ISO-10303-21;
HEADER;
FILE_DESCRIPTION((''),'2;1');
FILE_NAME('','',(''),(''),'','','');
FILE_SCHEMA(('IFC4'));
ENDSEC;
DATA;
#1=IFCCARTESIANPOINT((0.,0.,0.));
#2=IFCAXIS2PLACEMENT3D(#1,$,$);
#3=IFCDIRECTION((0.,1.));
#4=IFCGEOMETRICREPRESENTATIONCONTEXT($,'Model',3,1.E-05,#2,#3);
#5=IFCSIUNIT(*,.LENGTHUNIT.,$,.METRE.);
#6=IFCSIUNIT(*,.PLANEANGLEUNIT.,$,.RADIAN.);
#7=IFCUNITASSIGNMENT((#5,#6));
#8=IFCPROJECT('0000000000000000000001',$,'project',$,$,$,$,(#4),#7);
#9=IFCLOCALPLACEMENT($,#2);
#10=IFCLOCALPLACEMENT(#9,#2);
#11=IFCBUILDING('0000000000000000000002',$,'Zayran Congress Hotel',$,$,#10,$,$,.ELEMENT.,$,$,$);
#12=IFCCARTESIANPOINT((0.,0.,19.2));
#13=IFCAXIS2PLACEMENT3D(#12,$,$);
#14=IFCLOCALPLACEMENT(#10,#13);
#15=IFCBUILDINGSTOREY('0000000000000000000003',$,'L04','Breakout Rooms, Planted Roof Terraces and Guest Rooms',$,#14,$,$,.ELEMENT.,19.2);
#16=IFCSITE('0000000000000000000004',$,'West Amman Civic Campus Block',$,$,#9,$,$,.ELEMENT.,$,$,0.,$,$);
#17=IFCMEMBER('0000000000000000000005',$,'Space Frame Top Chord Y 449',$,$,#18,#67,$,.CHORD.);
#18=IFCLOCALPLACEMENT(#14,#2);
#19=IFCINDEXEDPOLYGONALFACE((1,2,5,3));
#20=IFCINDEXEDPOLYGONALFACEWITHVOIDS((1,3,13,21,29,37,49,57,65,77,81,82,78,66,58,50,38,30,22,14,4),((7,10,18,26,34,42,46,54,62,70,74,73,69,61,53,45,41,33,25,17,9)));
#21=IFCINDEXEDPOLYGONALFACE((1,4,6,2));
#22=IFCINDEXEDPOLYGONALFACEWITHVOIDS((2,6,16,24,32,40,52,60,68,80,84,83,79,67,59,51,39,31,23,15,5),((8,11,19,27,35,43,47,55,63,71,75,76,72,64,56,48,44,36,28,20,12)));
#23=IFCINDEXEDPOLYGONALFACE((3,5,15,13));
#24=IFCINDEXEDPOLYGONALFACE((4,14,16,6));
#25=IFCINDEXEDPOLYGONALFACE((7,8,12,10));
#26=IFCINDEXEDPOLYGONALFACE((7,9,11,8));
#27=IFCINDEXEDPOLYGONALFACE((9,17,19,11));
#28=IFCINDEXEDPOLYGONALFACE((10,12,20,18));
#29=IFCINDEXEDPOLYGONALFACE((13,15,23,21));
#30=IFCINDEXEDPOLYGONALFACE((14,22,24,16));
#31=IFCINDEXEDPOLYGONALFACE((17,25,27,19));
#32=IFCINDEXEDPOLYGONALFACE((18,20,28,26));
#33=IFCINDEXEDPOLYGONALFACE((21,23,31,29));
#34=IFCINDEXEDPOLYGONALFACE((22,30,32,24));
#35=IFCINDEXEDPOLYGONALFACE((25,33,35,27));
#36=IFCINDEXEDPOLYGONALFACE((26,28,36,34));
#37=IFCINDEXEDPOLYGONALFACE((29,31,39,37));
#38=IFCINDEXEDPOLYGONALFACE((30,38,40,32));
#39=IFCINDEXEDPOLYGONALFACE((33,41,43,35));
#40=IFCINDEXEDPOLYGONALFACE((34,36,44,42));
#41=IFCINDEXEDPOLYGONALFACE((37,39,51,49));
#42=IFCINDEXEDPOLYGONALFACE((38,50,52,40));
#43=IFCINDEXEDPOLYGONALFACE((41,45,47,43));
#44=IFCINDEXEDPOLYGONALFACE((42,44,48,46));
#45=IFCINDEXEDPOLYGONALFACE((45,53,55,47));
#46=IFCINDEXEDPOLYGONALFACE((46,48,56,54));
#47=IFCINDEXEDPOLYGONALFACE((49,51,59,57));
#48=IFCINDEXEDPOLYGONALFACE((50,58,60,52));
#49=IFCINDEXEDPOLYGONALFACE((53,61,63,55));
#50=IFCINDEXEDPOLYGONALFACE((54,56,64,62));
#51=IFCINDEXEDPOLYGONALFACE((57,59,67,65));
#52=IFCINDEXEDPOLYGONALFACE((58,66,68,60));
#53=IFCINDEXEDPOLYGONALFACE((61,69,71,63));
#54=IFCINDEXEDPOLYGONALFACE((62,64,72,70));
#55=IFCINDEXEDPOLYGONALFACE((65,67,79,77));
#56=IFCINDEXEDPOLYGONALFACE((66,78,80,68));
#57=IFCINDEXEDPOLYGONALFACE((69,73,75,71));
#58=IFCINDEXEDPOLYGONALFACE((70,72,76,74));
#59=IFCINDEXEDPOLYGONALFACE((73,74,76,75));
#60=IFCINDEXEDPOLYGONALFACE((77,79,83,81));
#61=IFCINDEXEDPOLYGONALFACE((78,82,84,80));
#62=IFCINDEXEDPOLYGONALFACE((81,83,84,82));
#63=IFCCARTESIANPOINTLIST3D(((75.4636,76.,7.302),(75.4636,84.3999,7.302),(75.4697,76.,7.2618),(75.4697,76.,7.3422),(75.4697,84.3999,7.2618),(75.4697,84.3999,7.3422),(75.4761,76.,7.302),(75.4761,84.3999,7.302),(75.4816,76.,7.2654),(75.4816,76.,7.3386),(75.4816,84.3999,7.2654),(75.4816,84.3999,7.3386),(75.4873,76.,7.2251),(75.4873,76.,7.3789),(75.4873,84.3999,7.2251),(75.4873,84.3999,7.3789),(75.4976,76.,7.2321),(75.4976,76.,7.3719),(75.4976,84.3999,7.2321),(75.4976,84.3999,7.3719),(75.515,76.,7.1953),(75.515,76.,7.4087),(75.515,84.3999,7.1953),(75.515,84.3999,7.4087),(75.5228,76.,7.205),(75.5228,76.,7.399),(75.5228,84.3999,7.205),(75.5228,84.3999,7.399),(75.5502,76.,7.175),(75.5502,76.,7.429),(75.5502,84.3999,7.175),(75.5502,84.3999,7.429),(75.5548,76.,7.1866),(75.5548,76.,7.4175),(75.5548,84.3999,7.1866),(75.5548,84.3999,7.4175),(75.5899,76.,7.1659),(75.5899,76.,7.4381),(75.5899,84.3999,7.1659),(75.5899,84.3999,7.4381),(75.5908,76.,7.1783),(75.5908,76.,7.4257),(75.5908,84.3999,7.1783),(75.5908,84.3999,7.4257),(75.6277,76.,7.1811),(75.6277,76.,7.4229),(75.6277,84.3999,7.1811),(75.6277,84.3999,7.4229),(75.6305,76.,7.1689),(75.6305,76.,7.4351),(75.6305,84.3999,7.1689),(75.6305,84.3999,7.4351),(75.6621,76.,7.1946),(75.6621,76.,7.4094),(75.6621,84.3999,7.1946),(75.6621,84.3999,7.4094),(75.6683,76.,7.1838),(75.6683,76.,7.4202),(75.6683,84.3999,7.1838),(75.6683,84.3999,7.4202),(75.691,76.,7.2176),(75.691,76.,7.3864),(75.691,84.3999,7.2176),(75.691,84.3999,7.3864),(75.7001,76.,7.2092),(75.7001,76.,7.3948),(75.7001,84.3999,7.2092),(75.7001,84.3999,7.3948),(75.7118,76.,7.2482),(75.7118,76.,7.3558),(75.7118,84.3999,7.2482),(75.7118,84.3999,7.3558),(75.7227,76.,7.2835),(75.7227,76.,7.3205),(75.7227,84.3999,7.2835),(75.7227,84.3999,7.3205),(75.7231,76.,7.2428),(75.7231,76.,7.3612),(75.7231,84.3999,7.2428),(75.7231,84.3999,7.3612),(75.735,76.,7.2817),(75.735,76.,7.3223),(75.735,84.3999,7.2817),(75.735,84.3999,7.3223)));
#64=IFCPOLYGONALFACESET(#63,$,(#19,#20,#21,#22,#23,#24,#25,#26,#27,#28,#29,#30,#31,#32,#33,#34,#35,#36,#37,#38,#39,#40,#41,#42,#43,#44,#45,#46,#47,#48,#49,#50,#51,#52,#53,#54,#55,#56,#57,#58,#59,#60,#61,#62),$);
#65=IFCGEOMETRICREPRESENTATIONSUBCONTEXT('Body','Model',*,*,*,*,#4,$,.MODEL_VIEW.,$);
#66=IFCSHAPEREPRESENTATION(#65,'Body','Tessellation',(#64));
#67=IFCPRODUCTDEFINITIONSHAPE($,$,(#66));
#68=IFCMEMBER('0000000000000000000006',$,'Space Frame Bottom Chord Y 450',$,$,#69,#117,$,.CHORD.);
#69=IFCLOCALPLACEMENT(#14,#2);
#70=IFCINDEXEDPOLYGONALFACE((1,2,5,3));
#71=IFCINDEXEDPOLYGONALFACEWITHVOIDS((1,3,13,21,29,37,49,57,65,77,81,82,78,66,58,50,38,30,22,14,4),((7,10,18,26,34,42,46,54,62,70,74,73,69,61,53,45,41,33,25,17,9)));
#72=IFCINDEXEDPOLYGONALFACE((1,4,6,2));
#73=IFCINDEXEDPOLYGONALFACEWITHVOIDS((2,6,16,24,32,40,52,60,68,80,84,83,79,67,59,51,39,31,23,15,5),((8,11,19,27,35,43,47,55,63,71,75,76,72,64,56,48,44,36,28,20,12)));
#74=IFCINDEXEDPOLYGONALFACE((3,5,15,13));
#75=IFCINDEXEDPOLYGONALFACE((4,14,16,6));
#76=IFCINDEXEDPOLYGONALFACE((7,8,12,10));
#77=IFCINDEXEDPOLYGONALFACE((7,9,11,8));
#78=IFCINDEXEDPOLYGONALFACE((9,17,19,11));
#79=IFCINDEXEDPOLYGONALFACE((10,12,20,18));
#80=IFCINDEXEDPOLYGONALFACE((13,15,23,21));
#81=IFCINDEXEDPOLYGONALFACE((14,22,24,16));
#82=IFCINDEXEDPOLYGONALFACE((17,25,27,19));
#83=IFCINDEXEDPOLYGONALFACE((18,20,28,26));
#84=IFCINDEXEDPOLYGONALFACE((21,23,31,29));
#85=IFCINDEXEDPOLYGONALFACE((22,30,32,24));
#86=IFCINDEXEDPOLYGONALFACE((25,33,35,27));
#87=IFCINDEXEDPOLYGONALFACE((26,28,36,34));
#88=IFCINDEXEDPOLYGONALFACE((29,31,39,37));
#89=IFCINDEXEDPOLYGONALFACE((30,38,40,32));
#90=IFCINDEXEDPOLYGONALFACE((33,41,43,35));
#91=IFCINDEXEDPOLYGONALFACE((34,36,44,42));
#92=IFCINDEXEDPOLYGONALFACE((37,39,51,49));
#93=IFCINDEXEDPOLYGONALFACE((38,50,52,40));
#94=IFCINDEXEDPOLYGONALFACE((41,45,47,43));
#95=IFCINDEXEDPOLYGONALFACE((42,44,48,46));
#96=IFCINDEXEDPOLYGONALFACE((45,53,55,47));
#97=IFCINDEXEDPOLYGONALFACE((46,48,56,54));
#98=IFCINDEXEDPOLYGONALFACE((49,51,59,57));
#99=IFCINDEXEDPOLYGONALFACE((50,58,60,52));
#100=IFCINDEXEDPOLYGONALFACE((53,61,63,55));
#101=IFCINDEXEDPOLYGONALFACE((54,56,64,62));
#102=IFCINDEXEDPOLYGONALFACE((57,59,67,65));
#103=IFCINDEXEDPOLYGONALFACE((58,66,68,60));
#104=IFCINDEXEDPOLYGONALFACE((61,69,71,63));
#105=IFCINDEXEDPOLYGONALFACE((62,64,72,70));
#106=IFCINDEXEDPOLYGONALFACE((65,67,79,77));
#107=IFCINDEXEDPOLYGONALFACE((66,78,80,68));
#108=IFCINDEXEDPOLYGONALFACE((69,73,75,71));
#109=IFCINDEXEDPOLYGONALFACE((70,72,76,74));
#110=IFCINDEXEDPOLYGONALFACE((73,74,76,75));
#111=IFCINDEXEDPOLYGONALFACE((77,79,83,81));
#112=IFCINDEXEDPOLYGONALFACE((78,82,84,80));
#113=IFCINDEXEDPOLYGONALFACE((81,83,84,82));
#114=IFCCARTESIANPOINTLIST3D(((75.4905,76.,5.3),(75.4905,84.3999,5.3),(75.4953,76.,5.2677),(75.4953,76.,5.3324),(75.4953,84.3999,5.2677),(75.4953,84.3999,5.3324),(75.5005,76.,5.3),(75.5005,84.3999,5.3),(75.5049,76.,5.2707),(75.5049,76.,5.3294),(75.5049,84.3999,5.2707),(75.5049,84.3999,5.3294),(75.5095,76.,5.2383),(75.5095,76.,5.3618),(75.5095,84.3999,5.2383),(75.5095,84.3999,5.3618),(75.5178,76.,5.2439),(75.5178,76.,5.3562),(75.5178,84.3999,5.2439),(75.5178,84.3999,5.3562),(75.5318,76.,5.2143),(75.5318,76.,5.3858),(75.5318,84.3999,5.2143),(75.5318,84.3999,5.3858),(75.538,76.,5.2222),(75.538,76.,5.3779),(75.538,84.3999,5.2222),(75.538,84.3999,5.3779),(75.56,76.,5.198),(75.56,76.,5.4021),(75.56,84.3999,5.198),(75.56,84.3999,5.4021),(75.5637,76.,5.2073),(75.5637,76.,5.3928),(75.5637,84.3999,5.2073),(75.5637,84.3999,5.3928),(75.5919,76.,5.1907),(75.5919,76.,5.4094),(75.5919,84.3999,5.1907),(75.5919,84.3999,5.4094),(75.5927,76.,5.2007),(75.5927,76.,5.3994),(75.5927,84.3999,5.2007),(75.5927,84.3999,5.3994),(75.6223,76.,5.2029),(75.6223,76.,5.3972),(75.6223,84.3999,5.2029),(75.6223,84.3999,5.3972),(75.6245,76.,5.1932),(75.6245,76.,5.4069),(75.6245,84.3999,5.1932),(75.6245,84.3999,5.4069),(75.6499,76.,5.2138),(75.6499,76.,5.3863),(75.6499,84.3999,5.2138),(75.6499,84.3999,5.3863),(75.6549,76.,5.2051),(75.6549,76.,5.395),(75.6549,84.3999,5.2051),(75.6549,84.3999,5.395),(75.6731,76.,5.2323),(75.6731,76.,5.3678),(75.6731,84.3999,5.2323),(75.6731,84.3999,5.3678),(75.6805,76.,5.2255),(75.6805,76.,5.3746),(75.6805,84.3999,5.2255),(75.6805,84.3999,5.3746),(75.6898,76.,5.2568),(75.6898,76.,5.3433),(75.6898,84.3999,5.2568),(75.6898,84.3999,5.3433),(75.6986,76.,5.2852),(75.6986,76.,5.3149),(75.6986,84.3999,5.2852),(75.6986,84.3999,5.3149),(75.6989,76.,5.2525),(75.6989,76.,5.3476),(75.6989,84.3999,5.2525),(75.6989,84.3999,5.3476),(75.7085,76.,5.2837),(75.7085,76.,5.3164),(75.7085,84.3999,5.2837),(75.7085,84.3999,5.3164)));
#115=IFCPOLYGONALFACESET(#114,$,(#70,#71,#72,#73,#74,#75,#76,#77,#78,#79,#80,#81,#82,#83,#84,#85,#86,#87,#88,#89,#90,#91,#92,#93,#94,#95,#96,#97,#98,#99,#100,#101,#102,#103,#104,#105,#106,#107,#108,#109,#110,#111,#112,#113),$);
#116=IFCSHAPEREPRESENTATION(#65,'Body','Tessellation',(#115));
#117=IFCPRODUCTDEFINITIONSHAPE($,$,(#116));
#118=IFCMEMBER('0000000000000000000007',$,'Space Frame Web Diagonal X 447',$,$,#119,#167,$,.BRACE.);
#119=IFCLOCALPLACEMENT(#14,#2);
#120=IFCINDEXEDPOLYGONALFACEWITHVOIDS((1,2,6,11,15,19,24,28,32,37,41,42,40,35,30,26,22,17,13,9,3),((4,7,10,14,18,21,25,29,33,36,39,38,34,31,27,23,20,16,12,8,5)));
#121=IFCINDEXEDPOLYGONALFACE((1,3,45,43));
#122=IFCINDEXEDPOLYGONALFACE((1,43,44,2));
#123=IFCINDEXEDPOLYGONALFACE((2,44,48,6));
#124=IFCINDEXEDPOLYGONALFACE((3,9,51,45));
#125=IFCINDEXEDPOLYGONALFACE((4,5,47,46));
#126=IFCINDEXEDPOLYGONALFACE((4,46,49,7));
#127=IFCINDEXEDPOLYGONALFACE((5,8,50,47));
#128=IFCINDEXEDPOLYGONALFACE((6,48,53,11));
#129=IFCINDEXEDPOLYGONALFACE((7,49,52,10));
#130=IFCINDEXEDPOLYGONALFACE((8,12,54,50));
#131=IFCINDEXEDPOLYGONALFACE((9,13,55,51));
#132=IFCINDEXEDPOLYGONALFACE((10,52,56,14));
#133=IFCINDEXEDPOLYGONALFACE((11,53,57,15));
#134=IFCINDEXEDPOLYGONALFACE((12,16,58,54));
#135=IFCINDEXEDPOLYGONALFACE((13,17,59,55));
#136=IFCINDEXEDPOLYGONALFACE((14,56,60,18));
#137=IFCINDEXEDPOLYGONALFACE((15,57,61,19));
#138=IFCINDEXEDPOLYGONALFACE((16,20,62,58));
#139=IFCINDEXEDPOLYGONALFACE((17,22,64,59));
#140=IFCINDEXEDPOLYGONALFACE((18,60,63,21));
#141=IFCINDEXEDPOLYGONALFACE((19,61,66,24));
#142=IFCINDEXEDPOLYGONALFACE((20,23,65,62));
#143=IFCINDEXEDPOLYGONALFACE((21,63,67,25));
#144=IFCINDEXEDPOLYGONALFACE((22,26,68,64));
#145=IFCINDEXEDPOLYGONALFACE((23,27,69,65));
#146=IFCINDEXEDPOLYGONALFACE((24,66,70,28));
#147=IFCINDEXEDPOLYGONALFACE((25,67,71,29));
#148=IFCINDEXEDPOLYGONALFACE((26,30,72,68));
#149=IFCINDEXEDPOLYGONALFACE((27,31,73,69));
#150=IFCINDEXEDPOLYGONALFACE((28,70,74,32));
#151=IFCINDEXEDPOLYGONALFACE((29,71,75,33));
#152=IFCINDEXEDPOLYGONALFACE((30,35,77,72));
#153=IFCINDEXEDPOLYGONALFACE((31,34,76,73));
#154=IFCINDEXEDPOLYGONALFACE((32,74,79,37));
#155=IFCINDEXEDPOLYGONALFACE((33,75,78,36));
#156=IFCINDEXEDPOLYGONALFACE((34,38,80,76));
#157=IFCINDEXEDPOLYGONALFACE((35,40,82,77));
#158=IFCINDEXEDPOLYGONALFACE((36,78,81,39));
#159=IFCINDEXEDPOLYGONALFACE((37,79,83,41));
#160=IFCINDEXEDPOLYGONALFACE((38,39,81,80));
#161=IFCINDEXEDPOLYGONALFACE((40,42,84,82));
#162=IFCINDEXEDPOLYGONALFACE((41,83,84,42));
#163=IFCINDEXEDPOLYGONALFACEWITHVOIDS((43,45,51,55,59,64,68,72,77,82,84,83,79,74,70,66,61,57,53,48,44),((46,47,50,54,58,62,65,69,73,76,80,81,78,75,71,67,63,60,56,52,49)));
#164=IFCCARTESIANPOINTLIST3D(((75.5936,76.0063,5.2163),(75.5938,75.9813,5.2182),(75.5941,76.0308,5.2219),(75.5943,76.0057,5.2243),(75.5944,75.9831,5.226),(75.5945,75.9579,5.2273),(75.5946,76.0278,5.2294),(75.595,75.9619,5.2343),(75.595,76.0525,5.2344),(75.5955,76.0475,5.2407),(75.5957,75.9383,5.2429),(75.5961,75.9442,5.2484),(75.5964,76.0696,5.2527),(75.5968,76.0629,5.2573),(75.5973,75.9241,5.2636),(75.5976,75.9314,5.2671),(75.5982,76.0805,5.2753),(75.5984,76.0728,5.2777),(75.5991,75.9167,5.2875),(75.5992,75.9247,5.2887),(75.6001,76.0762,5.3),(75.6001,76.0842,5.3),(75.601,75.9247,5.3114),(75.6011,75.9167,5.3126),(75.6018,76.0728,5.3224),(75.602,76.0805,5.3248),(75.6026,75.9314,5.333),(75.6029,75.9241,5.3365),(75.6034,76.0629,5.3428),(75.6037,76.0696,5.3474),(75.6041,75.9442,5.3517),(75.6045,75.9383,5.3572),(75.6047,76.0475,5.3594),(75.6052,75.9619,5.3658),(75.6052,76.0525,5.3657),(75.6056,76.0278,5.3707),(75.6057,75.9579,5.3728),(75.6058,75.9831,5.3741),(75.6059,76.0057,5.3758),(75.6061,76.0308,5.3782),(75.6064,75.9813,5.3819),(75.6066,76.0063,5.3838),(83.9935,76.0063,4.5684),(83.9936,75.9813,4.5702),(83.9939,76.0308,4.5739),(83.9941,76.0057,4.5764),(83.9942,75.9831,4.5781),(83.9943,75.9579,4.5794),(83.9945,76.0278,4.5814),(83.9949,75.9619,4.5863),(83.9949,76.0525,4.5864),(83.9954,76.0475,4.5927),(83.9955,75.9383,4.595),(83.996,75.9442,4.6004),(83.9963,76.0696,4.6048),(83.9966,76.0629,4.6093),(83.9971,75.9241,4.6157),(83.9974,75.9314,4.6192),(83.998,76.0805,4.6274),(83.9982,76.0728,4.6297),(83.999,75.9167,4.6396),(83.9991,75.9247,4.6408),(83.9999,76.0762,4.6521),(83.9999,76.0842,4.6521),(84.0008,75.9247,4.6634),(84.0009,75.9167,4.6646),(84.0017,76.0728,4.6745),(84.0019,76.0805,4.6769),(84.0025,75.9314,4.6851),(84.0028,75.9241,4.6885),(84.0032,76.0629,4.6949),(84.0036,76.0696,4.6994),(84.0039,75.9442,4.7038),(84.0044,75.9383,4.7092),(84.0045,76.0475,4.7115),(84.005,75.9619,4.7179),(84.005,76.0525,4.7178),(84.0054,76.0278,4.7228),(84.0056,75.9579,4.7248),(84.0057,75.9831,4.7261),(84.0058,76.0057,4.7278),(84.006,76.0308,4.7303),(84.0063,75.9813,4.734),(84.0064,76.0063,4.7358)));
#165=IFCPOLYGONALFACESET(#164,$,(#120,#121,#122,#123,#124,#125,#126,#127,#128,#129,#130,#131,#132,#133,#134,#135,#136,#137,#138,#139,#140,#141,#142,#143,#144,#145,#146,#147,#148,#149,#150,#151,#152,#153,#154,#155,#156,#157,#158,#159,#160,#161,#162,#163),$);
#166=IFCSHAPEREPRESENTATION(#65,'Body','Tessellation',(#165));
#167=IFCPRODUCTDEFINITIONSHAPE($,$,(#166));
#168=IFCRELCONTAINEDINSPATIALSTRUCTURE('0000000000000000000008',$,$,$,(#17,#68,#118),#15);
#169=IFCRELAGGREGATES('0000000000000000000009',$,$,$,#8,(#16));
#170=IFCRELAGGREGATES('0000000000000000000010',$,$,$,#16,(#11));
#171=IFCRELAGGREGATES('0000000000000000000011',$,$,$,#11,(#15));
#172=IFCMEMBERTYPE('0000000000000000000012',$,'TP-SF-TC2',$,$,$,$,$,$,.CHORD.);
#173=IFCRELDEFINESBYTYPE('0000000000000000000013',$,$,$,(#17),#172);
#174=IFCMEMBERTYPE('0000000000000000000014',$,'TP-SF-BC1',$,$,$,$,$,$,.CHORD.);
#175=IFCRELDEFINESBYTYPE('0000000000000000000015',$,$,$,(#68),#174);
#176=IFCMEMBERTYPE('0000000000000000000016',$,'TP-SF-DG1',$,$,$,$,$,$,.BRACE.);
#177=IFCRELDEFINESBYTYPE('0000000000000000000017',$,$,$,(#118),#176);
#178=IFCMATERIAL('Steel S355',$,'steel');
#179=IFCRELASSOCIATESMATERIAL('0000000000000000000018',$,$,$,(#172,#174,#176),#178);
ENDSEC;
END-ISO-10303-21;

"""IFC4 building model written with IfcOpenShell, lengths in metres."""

from ifc_helpers import new_model, si_unit, direction, frame, origin, origin_2d, place, context, subcontext, project, spatial, hollow_circle, extrude, material, material_profile, profile_set, type_object, element, save


model = new_model("IFC4")

# Units and contexts
model_context = context("Model", 3, precision=1e-05, world=origin(), true_north=direction((0.0, 1.0)))
body_context = subcontext(model_context, "Body", "Model", "MODEL_VIEW")
ifc_project = project(units=[si_unit("LENGTHUNIT", "METRE"), si_unit("PLANEANGLEUNIT", "RADIAN")], contexts=[model_context])

# Site, building, storey
site_placement = place(None, origin())
site = spatial("IfcSite", under=ifc_project, at=site_placement, Name="West Amman Civic Campus Block", CompositionType="ELEMENT", RefElevation=0.0)
building_placement = place(site_placement, origin())
building = spatial("IfcBuilding", under=site, at=building_placement, Name="Zayran Congress Hotel", CompositionType="ELEMENT")
storey_placement = place(building_placement, frame((0.0, 0.0, 19.2)))
storey = spatial("IfcBuildingStorey", under=building, at=storey_placement, Name="L04", Description="Breakout Rooms, Planted Roof Terraces and Guest Rooms", CompositionType="ELEMENT", Elevation=19.2)

# Members
ifc_material_1 = material(Name="Steel S355", Category="steel")
ifc_material_profile_1 = material_profile(ifc_material_1, hollow_circle(Radius=0.1365, WallThickness=0.0125, at=origin_2d()), Name="CHS 273x12.5")
ifc_profile_set_1 = profile_set([ifc_material_profile_1], Name="Steel S355")
member_type_1 = type_object("IfcMemberType", Name="TP-SF-TC2", PredefinedType="CHORD", material=ifc_profile_set_1)
member_1_placement = place(storey_placement, frame((75.6001, 76.0, 7.302), z_axis=(0.0, 1.0, 0.0), x_axis=(-1.0, 0.0, 0.0)))
element("IfcMember", 1, at=member_1_placement, inside=storey, type_object=member_type_1, Name="Space Frame Top Chord Y 449", PredefinedType="CHORD", context=body_context, shape_type="SweptSolid", body=[
    extrude(hollow_circle(Radius=0.1365, WallThickness=0.0125, at=origin_2d()), origin(), (0.0, 0.0, 1.0), 8.3999),
])
ifc_material_profile_2 = material_profile(ifc_material_1, hollow_circle(Radius=0.1096, WallThickness=0.01, at=origin_2d()), Name="CHS 219.1x10")
ifc_profile_set_2 = profile_set([ifc_material_profile_2], Name="Steel S355")
member_type_2 = type_object("IfcMemberType", Name="TP-SF-BC1", PredefinedType="CHORD", material=ifc_profile_set_2)
member_2_placement = place(storey_placement, frame((75.6001, 76.0, 5.3), z_axis=(0.0, 1.0, 0.0), x_axis=(-1.0, 0.0, 0.0)))
element("IfcMember", 2, at=member_2_placement, inside=storey, type_object=member_type_2, Name="Space Frame Bottom Chord Y 450", PredefinedType="CHORD", context=body_context, shape_type="SweptSolid", body=[
    extrude(hollow_circle(Radius=0.1096, WallThickness=0.01, at=origin_2d()), origin(), (0.0, 0.0, 1.0), 8.3999),
])
ifc_material_profile_3 = material_profile(ifc_material_1, hollow_circle(Radius=0.0842, WallThickness=0.0081, at=origin_2d()), Name="CHS 168.3x8")
ifc_profile_set_3 = profile_set([ifc_material_profile_3], Name="Steel S355")
member_type_3 = type_object("IfcMemberType", Name="TP-SF-DG1", PredefinedType="BRACE", material=ifc_profile_set_3)
member_3_placement = place(storey_placement, frame((75.6001, 76.0, 5.3), z_axis=(0.997038, 0.0, -0.076909), x_axis=(0.0, 1.0, 0.0)))
element("IfcMember", 3, at=member_3_placement, inside=storey, type_object=member_type_3, Name="Space Frame Web Diagonal X 447", PredefinedType="BRACE", context=body_context, shape_type="SweptSolid", body=[
    extrude(hollow_circle(Radius=0.0842, WallThickness=0.0081, at=origin_2d()), origin(), (0.0, 0.0, 1.0), 8.4248),
])

save(model, "model.ifc")
